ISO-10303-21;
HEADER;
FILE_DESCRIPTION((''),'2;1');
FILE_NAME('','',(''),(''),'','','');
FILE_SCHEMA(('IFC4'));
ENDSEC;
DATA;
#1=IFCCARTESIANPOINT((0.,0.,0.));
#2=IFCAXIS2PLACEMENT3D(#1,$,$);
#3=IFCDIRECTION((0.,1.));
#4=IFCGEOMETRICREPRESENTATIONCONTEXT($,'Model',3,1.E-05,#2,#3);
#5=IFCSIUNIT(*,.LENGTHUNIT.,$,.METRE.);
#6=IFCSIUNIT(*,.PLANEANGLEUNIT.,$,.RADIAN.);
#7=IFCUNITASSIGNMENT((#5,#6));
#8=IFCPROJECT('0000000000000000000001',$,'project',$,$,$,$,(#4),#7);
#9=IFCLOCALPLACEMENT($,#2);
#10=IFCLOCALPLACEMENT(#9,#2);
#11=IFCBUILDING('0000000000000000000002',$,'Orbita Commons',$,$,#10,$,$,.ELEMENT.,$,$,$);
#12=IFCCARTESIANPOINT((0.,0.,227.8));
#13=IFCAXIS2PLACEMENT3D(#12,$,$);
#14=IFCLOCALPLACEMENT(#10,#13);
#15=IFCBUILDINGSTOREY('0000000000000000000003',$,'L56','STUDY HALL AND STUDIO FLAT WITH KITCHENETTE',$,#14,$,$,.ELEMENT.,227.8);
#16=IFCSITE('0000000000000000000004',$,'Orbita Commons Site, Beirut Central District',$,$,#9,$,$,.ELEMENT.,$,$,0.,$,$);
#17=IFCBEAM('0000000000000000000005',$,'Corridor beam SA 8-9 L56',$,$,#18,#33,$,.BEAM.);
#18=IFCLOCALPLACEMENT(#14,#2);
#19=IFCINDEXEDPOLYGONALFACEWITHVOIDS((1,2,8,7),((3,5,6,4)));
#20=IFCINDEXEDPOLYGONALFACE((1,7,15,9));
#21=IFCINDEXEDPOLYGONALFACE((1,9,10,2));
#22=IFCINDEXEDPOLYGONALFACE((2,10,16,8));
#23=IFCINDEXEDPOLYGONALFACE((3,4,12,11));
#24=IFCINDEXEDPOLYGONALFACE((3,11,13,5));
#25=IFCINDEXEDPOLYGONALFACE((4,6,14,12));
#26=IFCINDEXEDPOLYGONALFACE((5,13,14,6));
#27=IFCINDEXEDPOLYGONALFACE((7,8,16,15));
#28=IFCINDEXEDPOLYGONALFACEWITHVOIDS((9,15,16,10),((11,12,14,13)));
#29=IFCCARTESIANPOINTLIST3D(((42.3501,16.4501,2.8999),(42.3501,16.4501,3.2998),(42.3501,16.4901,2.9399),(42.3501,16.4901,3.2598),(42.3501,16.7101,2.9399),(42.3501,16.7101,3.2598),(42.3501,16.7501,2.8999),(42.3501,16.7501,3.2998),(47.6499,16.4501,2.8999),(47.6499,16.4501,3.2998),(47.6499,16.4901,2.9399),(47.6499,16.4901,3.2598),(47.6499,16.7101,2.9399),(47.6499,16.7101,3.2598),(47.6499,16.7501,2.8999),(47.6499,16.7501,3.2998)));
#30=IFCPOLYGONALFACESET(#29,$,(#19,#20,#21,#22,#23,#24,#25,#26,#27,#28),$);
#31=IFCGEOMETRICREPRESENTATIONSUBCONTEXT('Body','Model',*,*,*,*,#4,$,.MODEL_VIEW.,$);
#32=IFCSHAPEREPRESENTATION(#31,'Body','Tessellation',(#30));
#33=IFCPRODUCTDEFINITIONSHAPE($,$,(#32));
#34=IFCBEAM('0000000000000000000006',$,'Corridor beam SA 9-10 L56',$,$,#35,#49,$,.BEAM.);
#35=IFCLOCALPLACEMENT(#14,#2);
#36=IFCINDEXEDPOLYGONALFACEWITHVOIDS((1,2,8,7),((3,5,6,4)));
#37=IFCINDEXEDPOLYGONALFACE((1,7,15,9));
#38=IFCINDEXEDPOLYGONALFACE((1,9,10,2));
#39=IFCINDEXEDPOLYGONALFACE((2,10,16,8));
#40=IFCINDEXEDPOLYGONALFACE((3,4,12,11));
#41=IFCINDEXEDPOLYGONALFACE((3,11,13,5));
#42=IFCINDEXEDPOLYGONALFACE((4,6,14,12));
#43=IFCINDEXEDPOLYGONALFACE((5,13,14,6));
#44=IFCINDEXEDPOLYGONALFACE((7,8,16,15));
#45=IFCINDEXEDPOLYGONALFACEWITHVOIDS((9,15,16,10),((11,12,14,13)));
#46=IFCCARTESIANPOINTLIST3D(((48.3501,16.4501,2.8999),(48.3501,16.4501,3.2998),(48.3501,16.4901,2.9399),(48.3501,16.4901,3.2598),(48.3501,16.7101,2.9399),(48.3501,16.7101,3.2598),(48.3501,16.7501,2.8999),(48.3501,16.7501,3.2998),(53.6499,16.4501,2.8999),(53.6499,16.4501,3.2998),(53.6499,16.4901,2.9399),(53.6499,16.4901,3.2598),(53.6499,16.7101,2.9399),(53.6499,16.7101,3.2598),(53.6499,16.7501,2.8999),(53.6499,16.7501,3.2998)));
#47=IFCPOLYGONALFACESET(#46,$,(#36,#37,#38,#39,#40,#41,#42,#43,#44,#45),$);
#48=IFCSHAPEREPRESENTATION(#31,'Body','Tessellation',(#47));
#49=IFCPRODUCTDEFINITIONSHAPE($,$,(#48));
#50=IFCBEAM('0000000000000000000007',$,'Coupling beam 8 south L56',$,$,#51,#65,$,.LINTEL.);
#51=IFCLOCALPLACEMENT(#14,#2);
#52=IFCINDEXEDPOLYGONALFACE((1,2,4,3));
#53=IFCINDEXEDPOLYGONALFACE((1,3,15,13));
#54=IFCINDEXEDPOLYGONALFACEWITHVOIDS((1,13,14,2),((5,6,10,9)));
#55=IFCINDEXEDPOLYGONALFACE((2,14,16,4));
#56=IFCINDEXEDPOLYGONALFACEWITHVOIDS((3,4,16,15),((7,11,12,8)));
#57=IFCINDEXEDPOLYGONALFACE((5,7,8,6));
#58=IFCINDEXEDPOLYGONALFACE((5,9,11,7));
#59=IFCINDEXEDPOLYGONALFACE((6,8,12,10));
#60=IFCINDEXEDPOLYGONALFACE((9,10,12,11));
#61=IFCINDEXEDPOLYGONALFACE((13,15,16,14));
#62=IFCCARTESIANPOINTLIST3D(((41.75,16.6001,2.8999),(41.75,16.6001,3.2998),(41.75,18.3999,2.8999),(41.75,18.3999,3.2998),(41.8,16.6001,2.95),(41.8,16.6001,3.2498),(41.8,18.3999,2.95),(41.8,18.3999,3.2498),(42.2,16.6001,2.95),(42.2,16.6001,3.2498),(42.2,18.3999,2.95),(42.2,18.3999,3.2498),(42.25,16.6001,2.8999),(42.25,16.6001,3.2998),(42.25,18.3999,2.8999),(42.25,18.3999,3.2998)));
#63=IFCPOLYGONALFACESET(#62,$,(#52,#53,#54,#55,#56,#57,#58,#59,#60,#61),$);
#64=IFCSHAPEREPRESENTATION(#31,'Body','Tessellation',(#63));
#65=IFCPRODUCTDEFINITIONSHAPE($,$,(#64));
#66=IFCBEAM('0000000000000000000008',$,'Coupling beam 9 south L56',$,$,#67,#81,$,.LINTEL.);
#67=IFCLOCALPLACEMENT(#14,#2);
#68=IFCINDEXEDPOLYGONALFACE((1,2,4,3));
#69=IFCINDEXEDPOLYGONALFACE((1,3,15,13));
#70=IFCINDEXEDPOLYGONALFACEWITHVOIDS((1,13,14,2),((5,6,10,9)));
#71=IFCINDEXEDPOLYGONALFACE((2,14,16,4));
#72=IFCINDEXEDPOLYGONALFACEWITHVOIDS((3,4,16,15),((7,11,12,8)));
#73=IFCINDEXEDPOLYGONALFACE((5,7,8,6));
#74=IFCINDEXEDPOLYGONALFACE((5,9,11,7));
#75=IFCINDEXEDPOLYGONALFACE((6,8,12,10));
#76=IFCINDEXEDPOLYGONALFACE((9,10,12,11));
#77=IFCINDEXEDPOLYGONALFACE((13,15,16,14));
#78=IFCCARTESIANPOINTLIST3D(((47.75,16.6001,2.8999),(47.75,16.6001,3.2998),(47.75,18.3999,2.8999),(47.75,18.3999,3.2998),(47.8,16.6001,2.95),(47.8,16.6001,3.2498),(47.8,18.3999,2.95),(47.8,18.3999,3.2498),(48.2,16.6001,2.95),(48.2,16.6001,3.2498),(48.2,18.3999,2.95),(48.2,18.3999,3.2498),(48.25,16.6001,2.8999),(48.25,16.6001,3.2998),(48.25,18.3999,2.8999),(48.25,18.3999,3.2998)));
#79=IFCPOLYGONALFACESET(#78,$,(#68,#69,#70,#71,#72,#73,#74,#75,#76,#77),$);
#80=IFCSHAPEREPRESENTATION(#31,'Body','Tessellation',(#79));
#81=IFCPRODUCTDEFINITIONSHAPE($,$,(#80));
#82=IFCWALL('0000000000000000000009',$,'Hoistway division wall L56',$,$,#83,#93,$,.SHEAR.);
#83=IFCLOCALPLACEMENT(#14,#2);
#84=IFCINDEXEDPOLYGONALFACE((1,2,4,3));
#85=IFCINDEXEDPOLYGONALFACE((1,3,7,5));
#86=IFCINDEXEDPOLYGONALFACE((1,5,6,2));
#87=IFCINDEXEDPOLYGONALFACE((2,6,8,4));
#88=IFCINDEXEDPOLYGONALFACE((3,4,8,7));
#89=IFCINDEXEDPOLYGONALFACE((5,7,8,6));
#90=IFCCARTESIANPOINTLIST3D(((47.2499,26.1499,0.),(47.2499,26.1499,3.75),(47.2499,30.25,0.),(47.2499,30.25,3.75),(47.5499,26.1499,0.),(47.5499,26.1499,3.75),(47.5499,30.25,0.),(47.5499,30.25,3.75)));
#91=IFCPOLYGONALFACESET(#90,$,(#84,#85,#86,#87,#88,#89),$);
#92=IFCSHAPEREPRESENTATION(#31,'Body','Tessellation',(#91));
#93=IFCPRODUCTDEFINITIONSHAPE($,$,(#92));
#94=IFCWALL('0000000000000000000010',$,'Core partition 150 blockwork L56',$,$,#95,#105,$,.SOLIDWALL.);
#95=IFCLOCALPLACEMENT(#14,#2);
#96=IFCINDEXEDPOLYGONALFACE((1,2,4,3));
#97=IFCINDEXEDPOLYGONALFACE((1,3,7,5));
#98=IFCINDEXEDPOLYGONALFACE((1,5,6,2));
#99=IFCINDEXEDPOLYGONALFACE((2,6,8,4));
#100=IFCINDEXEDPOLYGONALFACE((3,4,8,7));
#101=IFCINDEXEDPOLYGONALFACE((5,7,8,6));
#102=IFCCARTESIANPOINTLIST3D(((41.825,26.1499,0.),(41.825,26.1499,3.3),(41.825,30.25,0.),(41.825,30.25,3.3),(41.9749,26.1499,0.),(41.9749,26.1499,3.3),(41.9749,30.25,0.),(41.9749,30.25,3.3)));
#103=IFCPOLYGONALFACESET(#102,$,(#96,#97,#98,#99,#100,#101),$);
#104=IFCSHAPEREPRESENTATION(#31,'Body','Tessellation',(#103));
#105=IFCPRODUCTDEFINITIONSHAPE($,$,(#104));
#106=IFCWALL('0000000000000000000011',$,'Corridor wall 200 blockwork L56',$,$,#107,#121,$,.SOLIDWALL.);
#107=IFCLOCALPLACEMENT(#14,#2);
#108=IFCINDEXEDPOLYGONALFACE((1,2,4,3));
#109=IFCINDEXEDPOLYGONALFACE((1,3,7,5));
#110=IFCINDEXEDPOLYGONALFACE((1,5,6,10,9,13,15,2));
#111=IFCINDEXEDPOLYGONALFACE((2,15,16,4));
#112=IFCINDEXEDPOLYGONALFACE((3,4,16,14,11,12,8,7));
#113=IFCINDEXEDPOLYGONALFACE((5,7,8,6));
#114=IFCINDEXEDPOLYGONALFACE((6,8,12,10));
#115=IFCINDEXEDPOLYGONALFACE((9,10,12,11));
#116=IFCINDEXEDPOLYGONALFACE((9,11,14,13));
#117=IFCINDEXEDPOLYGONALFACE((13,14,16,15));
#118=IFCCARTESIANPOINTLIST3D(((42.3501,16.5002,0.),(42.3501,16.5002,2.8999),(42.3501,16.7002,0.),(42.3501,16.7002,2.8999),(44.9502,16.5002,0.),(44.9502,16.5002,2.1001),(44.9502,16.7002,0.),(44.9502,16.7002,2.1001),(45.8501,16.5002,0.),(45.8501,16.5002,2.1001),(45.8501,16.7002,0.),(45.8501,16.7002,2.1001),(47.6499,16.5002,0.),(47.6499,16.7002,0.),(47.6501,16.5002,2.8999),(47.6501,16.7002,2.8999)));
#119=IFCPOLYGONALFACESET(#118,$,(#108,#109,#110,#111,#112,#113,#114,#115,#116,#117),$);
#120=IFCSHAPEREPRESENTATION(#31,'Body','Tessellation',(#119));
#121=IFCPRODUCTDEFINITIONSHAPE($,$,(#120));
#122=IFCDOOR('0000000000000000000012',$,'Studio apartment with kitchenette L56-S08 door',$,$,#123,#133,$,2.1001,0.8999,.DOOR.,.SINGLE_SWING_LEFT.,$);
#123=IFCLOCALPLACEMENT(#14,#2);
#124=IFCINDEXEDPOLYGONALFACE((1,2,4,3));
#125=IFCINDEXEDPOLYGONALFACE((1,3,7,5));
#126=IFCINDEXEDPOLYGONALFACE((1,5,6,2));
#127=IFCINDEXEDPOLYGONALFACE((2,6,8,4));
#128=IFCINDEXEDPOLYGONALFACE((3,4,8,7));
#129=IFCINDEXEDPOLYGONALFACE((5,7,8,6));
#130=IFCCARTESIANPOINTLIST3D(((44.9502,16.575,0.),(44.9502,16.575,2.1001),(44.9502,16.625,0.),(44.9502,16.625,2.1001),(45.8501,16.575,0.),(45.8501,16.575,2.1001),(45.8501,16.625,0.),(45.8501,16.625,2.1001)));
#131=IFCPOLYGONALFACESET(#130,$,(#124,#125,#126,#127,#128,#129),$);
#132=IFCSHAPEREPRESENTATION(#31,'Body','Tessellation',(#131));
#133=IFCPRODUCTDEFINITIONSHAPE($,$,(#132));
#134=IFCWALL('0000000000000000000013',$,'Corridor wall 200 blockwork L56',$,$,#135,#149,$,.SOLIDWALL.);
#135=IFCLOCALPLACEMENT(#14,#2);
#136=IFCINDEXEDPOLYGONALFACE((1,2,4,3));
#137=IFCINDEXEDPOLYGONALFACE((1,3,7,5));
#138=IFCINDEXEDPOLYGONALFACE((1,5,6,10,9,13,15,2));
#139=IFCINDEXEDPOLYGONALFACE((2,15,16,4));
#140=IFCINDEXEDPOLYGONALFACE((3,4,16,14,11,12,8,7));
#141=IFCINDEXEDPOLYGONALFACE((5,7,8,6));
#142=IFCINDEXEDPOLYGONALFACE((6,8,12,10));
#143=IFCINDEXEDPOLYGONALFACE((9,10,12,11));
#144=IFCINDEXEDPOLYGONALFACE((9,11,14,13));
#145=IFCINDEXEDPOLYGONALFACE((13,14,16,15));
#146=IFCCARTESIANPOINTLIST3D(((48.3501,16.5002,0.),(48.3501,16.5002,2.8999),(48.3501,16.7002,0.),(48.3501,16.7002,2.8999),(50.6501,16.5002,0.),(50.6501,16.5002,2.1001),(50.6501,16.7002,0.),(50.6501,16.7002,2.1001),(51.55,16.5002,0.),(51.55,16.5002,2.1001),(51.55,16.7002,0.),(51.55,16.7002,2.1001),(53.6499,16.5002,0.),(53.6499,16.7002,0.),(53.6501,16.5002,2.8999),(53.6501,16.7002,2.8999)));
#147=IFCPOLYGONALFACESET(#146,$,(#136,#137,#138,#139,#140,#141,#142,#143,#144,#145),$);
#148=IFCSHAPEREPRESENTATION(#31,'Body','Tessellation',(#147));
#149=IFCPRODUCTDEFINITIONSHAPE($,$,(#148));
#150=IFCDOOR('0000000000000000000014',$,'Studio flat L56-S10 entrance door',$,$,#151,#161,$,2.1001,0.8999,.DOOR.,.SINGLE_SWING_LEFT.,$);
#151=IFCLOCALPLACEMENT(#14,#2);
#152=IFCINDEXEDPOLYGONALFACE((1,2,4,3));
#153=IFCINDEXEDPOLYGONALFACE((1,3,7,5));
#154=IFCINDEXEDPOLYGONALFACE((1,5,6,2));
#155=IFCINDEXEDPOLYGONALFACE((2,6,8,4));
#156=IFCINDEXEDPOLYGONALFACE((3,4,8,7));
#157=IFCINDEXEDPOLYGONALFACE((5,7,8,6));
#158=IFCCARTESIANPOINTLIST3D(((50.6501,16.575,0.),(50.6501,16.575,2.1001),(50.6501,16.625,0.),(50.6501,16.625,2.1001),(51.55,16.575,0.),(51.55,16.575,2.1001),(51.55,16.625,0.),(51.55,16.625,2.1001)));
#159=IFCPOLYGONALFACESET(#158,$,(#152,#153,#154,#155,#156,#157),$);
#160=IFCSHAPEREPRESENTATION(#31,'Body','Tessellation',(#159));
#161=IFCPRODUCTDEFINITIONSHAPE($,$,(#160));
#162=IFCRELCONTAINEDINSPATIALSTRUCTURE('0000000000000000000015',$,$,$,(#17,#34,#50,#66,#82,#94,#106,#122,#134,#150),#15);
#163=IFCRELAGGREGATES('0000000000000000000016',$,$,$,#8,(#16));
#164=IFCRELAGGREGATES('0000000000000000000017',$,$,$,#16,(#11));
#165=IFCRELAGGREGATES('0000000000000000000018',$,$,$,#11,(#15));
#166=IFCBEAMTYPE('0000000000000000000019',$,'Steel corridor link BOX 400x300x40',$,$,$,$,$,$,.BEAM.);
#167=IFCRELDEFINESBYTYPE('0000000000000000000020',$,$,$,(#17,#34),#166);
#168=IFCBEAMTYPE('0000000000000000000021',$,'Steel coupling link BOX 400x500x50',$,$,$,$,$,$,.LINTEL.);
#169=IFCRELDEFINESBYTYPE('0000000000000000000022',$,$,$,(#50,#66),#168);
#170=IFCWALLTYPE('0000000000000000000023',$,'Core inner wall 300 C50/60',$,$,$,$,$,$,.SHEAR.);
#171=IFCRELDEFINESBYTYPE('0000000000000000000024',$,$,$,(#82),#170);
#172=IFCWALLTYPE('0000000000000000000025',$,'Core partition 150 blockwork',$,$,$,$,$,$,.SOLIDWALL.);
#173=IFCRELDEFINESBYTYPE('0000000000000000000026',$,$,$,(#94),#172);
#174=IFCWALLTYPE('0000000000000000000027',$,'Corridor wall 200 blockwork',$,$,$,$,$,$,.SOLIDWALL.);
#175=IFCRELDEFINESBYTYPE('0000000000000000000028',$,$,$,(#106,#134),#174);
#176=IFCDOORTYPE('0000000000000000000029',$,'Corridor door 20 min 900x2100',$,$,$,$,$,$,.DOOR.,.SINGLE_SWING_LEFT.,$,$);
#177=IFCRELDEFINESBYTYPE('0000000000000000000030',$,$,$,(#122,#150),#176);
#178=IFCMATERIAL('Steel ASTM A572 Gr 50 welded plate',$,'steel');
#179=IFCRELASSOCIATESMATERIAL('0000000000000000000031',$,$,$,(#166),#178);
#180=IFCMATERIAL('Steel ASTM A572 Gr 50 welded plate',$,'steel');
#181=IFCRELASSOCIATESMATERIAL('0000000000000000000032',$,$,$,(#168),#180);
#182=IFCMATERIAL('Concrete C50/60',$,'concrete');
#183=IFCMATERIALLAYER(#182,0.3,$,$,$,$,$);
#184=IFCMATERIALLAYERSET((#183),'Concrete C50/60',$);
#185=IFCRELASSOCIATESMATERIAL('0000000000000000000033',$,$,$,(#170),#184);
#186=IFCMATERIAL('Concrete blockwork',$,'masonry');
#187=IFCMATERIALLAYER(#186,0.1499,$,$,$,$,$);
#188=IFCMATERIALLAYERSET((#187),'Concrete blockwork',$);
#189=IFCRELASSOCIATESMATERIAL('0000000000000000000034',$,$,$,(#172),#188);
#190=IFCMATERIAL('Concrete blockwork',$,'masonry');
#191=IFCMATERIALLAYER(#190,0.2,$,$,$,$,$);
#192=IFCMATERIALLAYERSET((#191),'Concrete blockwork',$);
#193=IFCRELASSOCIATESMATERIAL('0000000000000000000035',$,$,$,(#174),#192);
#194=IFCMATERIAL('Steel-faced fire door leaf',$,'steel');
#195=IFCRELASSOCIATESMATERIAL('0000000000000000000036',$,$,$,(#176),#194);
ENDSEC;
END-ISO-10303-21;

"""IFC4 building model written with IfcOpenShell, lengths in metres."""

from ifc_helpers import new_model, si_unit, direction, frame, frame_2d, origin, origin_2d, place, context, subcontext, project, spatial, polyline, rectangle, hollow_rectangle, outline, extrude, material, layer, layer_set, material_profile, profile_set, type_object, element, fill, save


model = new_model("IFC4")

# Units and contexts
model_context = context("Model", 3, precision=1e-05, world=origin(), true_north=direction((0.0, 1.0)))
body_context = subcontext(model_context, "Body", "Model", "MODEL_VIEW")
ifc_project = project(units=[si_unit("LENGTHUNIT", "METRE"), si_unit("PLANEANGLEUNIT", "RADIAN")], contexts=[model_context])

# Site, building, storey
site_placement = place(None, origin())
site = spatial("IfcSite", under=ifc_project, at=site_placement, Name="Orbita Commons Site, Beirut Central District", CompositionType="ELEMENT", RefElevation=0.0)
building_placement = place(site_placement, origin())
building = spatial("IfcBuilding", under=site, at=building_placement, Name="Orbita Commons", CompositionType="ELEMENT")
storey_placement = place(building_placement, frame((0.0, 0.0, 227.8)))
storey = spatial("IfcBuildingStorey", under=building, at=storey_placement, Name="L56", Description="STUDY HALL AND STUDIO FLAT WITH KITCHENETTE", CompositionType="ELEMENT", Elevation=227.8)

# Beams
ifc_material_1 = material(Name="Steel ASTM A572 Gr 50 welded plate", Category="steel")
ifc_material_profile_1 = material_profile(ifc_material_1, hollow_rectangle(XDim=0.3, YDim=0.3999, WallThickness=0.04, at=origin_2d()), Name="BOX 400x300x40")
ifc_profile_set_1 = profile_set([ifc_material_profile_1], Name="Steel ASTM A572 Gr 50 welded plate")
beam_type_1 = type_object("IfcBeamType", Name="Steel corridor link BOX 400x300x40", PredefinedType="BEAM", material=ifc_profile_set_1)
for number, where, z_axis, x_axis, name in (
    (1, (42.3501, 16.6001, 3.0999), (1.0, 0.0, 0.0), (0.0, 1.0, 0.0), "Corridor beam SA 8-9 L56"),
    (2, (48.3501, 16.6001, 3.0999), (1.0, 0.0, 0.0), (0.0, 1.0, 0.0), "Corridor beam SA 9-10 L56"),
):
    element("IfcBeam", number, at=place(storey_placement, frame(where, z_axis=z_axis, x_axis=x_axis)), inside=storey, type_object=beam_type_1, Name=name, PredefinedType="BEAM", context=body_context, shape_type="SweptSolid", body=[
        extrude(hollow_rectangle(XDim=0.3, YDim=0.3999, WallThickness=0.04, at=origin_2d()), origin(), (0.0, 0.0, 1.0), 5.2998),
    ])
ifc_material_2 = material(Name="Steel ASTM A572 Gr 50 welded plate", Category="steel")
ifc_material_profile_2 = material_profile(ifc_material_2, hollow_rectangle(XDim=0.5, YDim=0.3999, WallThickness=0.05, at=origin_2d()), Name="BOX 400x500x50")
ifc_profile_set_2 = profile_set([ifc_material_profile_2], Name="Steel ASTM A572 Gr 50 welded plate")
beam_type_2 = type_object("IfcBeamType", Name="Steel coupling link BOX 400x500x50", PredefinedType="LINTEL", material=ifc_profile_set_2)
for number, where, z_axis, x_axis, name in (
    (3, (42.0, 16.6001, 3.0999), (0.0, 1.0, 0.0), (-1.0, 0.0, 0.0), "Coupling beam 8 south L56"),
    (4, (48.0, 16.6001, 3.0999), (0.0, 1.0, 0.0), (-1.0, 0.0, 0.0), "Coupling beam 9 south L56"),
):
    element("IfcBeam", number, at=place(storey_placement, frame(where, z_axis=z_axis, x_axis=x_axis)), inside=storey, type_object=beam_type_2, Name=name, PredefinedType="LINTEL", context=body_context, shape_type="SweptSolid", body=[
        extrude(hollow_rectangle(XDim=0.5, YDim=0.3999, WallThickness=0.05, at=origin_2d()), origin(), (0.0, 0.0, 1.0), 1.7998),
    ])

# Walls
ifc_material_3 = material(Name="Concrete C50/60", Category="concrete")
ifc_layer_1 = layer(ifc_material_3, 0.3)
ifc_layer_set_1 = layer_set([ifc_layer_1], Name="Concrete C50/60")
wall_type_1 = type_object("IfcWallType", Name="Core inner wall 300 C50/60", PredefinedType="SHEAR", material=ifc_layer_set_1)
wall_1_placement = place(storey_placement, frame((47.3999, 26.1499, 0.0), z_axis=(0.0, 0.0, 1.0), x_axis=(0.0, 1.0, 0.0)))
element("IfcWall", 5, at=wall_1_placement, inside=storey, type_object=wall_type_1, Name="Hoistway division wall L56", PredefinedType="SHEAR", context=body_context, shape_type="SweptSolid", body=[
    extrude(rectangle(XDim=4.1001, YDim=0.3, at=frame_2d((2.05, 0.0))), origin(), (0.0, 0.0, 1.0), 3.75),
])
ifc_material_4 = material(Name="Concrete blockwork", Category="masonry")
ifc_layer_2 = layer(ifc_material_4, 0.1499)
ifc_layer_set_2 = layer_set([ifc_layer_2], Name="Concrete blockwork")
wall_type_2 = type_object("IfcWallType", Name="Core partition 150 blockwork", PredefinedType="SOLIDWALL", material=ifc_layer_set_2)
wall_2_placement = place(storey_placement, frame((41.8999, 26.1499, 0.0), z_axis=(0.0, 0.0, 1.0), x_axis=(0.0, 1.0, 0.0)))
element("IfcWall", 6, at=wall_2_placement, inside=storey, type_object=wall_type_2, Name="Core partition 150 blockwork L56", PredefinedType="SOLIDWALL", context=body_context, shape_type="SweptSolid", body=[
    extrude(rectangle(XDim=4.1001, YDim=0.1499, at=frame_2d((2.05, 0.0))), origin(), (0.0, 0.0, 1.0), 3.3),
])

# Walls, openings, doors
ifc_material_5 = material(Name="Concrete blockwork", Category="masonry")
ifc_layer_3 = layer(ifc_material_5, 0.2)
ifc_layer_set_3 = layer_set([ifc_layer_3], Name="Concrete blockwork")
wall_type_3 = type_object("IfcWallType", Name="Corridor wall 200 blockwork", PredefinedType="SOLIDWALL", material=ifc_layer_set_3)
wall_3_placement = place(storey_placement, frame((42.3501, 16.6001, 0.0), z_axis=(0.0, 0.0, 1.0), x_axis=(1.0, 0.0, 0.0)))
wall_3 = element("IfcWall", 7, at=wall_3_placement, inside=storey, type_object=wall_type_3, Name="Corridor wall 200 blockwork L56", PredefinedType="SOLIDWALL", context=body_context, shape_type="SweptSolid", body=[
    extrude(outline(polyline([(0.0, 0.0), (5.2998, 0.0), (5.3, 2.8999), (0.0, 2.8999), (0.0, 0.0)])), frame((0.0, 0.1001, 0.0), z_axis=(0.0, -1.0, 0.0), x_axis=(1.0, 0.0, 0.0)), (0.0, 0.0, 1.0), 0.2),
])
opening_1_placement = place(wall_3_placement, frame((2.6001, 0.0, 0.0)))
opening_1 = element("IfcOpeningElement", 8, at=opening_1_placement, cuts=wall_3, PredefinedType="OPENING", context=body_context, shape_type="SweptSolid", body=[
    extrude(rectangle(XDim=0.8999, YDim=2.1001, at=frame_2d((0.45, 1.05))), frame((0.0, 0.1099, 0.0), z_axis=(0.0, -1.0, 0.0), x_axis=(1.0, 0.0, 0.0)), (0.0, 0.0, 1.0), 0.22),
])
ifc_material_6 = material(Name="Steel-faced fire door leaf", Category="steel")
door_type_1 = type_object("IfcDoorType", Name="Corridor door 20 min 900x2100", OperationType="SINGLE_SWING_LEFT", PredefinedType="DOOR", material=ifc_material_6)
door_1_placement = place(opening_1_placement, origin())
door_1 = element("IfcDoor", 9, at=door_1_placement, inside=storey, type_object=door_type_1, Name="Studio apartment with kitchenette L56-S08 door", OperationType="SINGLE_SWING_LEFT", OverallHeight=2.1001, OverallWidth=0.8999, PredefinedType="DOOR", context=body_context, shape_type="SweptSolid", body=[
    extrude(rectangle(XDim=0.8999, YDim=2.1001, at=frame_2d((0.45, 1.05))), frame((0.0, 0.0249, 0.0), z_axis=(0.0, -1.0, 0.0), x_axis=(1.0, 0.0, 0.0)), (0.0, 0.0, 1.0), 0.05),
])
fill(opening_1, door_1)
wall_4_placement = place(storey_placement, frame((48.3501, 16.6001, 0.0), z_axis=(0.0, 0.0, 1.0), x_axis=(1.0, 0.0, 0.0)))
wall_4 = element("IfcWall", 10, at=wall_4_placement, inside=storey, type_object=wall_type_3, Name="Corridor wall 200 blockwork L56", PredefinedType="SOLIDWALL", context=body_context, shape_type="SweptSolid", body=[
    extrude(outline(polyline([(0.0, 0.0), (5.2998, 0.0), (5.3, 2.8999), (0.0, 2.8999), (0.0, 0.0)])), frame((0.0, 0.1001, 0.0), z_axis=(0.0, -1.0, 0.0), x_axis=(1.0, 0.0, 0.0)), (0.0, 0.0, 1.0), 0.2),
])
opening_2_placement = place(wall_4_placement, frame((2.3, 0.0, 0.0)))
opening_2 = element("IfcOpeningElement", 11, at=opening_2_placement, cuts=wall_4, PredefinedType="OPENING", context=body_context, shape_type="SweptSolid", body=[
    extrude(rectangle(XDim=0.8999, YDim=2.1001, at=frame_2d((0.45, 1.05))), frame((0.0, 0.1099, 0.0), z_axis=(0.0, -1.0, 0.0), x_axis=(1.0, 0.0, 0.0)), (0.0, 0.0, 1.0), 0.22),
])
door_2_placement = place(opening_2_placement, origin())
door_2 = element("IfcDoor", 12, at=door_2_placement, inside=storey, type_object=door_type_1, Name="Studio flat L56-S10 entrance door", OperationType="SINGLE_SWING_LEFT", OverallHeight=2.1001, OverallWidth=0.8999, PredefinedType="DOOR", context=body_context, shape_type="SweptSolid", body=[
    extrude(rectangle(XDim=0.8999, YDim=2.1001, at=frame_2d((0.45, 1.05))), frame((0.0, 0.0249, 0.0), z_axis=(0.0, -1.0, 0.0), x_axis=(1.0, 0.0, 0.0)), (0.0, 0.0, 1.0), 0.05),
])
fill(opening_2, door_2)

save(model, "model.ifc")
